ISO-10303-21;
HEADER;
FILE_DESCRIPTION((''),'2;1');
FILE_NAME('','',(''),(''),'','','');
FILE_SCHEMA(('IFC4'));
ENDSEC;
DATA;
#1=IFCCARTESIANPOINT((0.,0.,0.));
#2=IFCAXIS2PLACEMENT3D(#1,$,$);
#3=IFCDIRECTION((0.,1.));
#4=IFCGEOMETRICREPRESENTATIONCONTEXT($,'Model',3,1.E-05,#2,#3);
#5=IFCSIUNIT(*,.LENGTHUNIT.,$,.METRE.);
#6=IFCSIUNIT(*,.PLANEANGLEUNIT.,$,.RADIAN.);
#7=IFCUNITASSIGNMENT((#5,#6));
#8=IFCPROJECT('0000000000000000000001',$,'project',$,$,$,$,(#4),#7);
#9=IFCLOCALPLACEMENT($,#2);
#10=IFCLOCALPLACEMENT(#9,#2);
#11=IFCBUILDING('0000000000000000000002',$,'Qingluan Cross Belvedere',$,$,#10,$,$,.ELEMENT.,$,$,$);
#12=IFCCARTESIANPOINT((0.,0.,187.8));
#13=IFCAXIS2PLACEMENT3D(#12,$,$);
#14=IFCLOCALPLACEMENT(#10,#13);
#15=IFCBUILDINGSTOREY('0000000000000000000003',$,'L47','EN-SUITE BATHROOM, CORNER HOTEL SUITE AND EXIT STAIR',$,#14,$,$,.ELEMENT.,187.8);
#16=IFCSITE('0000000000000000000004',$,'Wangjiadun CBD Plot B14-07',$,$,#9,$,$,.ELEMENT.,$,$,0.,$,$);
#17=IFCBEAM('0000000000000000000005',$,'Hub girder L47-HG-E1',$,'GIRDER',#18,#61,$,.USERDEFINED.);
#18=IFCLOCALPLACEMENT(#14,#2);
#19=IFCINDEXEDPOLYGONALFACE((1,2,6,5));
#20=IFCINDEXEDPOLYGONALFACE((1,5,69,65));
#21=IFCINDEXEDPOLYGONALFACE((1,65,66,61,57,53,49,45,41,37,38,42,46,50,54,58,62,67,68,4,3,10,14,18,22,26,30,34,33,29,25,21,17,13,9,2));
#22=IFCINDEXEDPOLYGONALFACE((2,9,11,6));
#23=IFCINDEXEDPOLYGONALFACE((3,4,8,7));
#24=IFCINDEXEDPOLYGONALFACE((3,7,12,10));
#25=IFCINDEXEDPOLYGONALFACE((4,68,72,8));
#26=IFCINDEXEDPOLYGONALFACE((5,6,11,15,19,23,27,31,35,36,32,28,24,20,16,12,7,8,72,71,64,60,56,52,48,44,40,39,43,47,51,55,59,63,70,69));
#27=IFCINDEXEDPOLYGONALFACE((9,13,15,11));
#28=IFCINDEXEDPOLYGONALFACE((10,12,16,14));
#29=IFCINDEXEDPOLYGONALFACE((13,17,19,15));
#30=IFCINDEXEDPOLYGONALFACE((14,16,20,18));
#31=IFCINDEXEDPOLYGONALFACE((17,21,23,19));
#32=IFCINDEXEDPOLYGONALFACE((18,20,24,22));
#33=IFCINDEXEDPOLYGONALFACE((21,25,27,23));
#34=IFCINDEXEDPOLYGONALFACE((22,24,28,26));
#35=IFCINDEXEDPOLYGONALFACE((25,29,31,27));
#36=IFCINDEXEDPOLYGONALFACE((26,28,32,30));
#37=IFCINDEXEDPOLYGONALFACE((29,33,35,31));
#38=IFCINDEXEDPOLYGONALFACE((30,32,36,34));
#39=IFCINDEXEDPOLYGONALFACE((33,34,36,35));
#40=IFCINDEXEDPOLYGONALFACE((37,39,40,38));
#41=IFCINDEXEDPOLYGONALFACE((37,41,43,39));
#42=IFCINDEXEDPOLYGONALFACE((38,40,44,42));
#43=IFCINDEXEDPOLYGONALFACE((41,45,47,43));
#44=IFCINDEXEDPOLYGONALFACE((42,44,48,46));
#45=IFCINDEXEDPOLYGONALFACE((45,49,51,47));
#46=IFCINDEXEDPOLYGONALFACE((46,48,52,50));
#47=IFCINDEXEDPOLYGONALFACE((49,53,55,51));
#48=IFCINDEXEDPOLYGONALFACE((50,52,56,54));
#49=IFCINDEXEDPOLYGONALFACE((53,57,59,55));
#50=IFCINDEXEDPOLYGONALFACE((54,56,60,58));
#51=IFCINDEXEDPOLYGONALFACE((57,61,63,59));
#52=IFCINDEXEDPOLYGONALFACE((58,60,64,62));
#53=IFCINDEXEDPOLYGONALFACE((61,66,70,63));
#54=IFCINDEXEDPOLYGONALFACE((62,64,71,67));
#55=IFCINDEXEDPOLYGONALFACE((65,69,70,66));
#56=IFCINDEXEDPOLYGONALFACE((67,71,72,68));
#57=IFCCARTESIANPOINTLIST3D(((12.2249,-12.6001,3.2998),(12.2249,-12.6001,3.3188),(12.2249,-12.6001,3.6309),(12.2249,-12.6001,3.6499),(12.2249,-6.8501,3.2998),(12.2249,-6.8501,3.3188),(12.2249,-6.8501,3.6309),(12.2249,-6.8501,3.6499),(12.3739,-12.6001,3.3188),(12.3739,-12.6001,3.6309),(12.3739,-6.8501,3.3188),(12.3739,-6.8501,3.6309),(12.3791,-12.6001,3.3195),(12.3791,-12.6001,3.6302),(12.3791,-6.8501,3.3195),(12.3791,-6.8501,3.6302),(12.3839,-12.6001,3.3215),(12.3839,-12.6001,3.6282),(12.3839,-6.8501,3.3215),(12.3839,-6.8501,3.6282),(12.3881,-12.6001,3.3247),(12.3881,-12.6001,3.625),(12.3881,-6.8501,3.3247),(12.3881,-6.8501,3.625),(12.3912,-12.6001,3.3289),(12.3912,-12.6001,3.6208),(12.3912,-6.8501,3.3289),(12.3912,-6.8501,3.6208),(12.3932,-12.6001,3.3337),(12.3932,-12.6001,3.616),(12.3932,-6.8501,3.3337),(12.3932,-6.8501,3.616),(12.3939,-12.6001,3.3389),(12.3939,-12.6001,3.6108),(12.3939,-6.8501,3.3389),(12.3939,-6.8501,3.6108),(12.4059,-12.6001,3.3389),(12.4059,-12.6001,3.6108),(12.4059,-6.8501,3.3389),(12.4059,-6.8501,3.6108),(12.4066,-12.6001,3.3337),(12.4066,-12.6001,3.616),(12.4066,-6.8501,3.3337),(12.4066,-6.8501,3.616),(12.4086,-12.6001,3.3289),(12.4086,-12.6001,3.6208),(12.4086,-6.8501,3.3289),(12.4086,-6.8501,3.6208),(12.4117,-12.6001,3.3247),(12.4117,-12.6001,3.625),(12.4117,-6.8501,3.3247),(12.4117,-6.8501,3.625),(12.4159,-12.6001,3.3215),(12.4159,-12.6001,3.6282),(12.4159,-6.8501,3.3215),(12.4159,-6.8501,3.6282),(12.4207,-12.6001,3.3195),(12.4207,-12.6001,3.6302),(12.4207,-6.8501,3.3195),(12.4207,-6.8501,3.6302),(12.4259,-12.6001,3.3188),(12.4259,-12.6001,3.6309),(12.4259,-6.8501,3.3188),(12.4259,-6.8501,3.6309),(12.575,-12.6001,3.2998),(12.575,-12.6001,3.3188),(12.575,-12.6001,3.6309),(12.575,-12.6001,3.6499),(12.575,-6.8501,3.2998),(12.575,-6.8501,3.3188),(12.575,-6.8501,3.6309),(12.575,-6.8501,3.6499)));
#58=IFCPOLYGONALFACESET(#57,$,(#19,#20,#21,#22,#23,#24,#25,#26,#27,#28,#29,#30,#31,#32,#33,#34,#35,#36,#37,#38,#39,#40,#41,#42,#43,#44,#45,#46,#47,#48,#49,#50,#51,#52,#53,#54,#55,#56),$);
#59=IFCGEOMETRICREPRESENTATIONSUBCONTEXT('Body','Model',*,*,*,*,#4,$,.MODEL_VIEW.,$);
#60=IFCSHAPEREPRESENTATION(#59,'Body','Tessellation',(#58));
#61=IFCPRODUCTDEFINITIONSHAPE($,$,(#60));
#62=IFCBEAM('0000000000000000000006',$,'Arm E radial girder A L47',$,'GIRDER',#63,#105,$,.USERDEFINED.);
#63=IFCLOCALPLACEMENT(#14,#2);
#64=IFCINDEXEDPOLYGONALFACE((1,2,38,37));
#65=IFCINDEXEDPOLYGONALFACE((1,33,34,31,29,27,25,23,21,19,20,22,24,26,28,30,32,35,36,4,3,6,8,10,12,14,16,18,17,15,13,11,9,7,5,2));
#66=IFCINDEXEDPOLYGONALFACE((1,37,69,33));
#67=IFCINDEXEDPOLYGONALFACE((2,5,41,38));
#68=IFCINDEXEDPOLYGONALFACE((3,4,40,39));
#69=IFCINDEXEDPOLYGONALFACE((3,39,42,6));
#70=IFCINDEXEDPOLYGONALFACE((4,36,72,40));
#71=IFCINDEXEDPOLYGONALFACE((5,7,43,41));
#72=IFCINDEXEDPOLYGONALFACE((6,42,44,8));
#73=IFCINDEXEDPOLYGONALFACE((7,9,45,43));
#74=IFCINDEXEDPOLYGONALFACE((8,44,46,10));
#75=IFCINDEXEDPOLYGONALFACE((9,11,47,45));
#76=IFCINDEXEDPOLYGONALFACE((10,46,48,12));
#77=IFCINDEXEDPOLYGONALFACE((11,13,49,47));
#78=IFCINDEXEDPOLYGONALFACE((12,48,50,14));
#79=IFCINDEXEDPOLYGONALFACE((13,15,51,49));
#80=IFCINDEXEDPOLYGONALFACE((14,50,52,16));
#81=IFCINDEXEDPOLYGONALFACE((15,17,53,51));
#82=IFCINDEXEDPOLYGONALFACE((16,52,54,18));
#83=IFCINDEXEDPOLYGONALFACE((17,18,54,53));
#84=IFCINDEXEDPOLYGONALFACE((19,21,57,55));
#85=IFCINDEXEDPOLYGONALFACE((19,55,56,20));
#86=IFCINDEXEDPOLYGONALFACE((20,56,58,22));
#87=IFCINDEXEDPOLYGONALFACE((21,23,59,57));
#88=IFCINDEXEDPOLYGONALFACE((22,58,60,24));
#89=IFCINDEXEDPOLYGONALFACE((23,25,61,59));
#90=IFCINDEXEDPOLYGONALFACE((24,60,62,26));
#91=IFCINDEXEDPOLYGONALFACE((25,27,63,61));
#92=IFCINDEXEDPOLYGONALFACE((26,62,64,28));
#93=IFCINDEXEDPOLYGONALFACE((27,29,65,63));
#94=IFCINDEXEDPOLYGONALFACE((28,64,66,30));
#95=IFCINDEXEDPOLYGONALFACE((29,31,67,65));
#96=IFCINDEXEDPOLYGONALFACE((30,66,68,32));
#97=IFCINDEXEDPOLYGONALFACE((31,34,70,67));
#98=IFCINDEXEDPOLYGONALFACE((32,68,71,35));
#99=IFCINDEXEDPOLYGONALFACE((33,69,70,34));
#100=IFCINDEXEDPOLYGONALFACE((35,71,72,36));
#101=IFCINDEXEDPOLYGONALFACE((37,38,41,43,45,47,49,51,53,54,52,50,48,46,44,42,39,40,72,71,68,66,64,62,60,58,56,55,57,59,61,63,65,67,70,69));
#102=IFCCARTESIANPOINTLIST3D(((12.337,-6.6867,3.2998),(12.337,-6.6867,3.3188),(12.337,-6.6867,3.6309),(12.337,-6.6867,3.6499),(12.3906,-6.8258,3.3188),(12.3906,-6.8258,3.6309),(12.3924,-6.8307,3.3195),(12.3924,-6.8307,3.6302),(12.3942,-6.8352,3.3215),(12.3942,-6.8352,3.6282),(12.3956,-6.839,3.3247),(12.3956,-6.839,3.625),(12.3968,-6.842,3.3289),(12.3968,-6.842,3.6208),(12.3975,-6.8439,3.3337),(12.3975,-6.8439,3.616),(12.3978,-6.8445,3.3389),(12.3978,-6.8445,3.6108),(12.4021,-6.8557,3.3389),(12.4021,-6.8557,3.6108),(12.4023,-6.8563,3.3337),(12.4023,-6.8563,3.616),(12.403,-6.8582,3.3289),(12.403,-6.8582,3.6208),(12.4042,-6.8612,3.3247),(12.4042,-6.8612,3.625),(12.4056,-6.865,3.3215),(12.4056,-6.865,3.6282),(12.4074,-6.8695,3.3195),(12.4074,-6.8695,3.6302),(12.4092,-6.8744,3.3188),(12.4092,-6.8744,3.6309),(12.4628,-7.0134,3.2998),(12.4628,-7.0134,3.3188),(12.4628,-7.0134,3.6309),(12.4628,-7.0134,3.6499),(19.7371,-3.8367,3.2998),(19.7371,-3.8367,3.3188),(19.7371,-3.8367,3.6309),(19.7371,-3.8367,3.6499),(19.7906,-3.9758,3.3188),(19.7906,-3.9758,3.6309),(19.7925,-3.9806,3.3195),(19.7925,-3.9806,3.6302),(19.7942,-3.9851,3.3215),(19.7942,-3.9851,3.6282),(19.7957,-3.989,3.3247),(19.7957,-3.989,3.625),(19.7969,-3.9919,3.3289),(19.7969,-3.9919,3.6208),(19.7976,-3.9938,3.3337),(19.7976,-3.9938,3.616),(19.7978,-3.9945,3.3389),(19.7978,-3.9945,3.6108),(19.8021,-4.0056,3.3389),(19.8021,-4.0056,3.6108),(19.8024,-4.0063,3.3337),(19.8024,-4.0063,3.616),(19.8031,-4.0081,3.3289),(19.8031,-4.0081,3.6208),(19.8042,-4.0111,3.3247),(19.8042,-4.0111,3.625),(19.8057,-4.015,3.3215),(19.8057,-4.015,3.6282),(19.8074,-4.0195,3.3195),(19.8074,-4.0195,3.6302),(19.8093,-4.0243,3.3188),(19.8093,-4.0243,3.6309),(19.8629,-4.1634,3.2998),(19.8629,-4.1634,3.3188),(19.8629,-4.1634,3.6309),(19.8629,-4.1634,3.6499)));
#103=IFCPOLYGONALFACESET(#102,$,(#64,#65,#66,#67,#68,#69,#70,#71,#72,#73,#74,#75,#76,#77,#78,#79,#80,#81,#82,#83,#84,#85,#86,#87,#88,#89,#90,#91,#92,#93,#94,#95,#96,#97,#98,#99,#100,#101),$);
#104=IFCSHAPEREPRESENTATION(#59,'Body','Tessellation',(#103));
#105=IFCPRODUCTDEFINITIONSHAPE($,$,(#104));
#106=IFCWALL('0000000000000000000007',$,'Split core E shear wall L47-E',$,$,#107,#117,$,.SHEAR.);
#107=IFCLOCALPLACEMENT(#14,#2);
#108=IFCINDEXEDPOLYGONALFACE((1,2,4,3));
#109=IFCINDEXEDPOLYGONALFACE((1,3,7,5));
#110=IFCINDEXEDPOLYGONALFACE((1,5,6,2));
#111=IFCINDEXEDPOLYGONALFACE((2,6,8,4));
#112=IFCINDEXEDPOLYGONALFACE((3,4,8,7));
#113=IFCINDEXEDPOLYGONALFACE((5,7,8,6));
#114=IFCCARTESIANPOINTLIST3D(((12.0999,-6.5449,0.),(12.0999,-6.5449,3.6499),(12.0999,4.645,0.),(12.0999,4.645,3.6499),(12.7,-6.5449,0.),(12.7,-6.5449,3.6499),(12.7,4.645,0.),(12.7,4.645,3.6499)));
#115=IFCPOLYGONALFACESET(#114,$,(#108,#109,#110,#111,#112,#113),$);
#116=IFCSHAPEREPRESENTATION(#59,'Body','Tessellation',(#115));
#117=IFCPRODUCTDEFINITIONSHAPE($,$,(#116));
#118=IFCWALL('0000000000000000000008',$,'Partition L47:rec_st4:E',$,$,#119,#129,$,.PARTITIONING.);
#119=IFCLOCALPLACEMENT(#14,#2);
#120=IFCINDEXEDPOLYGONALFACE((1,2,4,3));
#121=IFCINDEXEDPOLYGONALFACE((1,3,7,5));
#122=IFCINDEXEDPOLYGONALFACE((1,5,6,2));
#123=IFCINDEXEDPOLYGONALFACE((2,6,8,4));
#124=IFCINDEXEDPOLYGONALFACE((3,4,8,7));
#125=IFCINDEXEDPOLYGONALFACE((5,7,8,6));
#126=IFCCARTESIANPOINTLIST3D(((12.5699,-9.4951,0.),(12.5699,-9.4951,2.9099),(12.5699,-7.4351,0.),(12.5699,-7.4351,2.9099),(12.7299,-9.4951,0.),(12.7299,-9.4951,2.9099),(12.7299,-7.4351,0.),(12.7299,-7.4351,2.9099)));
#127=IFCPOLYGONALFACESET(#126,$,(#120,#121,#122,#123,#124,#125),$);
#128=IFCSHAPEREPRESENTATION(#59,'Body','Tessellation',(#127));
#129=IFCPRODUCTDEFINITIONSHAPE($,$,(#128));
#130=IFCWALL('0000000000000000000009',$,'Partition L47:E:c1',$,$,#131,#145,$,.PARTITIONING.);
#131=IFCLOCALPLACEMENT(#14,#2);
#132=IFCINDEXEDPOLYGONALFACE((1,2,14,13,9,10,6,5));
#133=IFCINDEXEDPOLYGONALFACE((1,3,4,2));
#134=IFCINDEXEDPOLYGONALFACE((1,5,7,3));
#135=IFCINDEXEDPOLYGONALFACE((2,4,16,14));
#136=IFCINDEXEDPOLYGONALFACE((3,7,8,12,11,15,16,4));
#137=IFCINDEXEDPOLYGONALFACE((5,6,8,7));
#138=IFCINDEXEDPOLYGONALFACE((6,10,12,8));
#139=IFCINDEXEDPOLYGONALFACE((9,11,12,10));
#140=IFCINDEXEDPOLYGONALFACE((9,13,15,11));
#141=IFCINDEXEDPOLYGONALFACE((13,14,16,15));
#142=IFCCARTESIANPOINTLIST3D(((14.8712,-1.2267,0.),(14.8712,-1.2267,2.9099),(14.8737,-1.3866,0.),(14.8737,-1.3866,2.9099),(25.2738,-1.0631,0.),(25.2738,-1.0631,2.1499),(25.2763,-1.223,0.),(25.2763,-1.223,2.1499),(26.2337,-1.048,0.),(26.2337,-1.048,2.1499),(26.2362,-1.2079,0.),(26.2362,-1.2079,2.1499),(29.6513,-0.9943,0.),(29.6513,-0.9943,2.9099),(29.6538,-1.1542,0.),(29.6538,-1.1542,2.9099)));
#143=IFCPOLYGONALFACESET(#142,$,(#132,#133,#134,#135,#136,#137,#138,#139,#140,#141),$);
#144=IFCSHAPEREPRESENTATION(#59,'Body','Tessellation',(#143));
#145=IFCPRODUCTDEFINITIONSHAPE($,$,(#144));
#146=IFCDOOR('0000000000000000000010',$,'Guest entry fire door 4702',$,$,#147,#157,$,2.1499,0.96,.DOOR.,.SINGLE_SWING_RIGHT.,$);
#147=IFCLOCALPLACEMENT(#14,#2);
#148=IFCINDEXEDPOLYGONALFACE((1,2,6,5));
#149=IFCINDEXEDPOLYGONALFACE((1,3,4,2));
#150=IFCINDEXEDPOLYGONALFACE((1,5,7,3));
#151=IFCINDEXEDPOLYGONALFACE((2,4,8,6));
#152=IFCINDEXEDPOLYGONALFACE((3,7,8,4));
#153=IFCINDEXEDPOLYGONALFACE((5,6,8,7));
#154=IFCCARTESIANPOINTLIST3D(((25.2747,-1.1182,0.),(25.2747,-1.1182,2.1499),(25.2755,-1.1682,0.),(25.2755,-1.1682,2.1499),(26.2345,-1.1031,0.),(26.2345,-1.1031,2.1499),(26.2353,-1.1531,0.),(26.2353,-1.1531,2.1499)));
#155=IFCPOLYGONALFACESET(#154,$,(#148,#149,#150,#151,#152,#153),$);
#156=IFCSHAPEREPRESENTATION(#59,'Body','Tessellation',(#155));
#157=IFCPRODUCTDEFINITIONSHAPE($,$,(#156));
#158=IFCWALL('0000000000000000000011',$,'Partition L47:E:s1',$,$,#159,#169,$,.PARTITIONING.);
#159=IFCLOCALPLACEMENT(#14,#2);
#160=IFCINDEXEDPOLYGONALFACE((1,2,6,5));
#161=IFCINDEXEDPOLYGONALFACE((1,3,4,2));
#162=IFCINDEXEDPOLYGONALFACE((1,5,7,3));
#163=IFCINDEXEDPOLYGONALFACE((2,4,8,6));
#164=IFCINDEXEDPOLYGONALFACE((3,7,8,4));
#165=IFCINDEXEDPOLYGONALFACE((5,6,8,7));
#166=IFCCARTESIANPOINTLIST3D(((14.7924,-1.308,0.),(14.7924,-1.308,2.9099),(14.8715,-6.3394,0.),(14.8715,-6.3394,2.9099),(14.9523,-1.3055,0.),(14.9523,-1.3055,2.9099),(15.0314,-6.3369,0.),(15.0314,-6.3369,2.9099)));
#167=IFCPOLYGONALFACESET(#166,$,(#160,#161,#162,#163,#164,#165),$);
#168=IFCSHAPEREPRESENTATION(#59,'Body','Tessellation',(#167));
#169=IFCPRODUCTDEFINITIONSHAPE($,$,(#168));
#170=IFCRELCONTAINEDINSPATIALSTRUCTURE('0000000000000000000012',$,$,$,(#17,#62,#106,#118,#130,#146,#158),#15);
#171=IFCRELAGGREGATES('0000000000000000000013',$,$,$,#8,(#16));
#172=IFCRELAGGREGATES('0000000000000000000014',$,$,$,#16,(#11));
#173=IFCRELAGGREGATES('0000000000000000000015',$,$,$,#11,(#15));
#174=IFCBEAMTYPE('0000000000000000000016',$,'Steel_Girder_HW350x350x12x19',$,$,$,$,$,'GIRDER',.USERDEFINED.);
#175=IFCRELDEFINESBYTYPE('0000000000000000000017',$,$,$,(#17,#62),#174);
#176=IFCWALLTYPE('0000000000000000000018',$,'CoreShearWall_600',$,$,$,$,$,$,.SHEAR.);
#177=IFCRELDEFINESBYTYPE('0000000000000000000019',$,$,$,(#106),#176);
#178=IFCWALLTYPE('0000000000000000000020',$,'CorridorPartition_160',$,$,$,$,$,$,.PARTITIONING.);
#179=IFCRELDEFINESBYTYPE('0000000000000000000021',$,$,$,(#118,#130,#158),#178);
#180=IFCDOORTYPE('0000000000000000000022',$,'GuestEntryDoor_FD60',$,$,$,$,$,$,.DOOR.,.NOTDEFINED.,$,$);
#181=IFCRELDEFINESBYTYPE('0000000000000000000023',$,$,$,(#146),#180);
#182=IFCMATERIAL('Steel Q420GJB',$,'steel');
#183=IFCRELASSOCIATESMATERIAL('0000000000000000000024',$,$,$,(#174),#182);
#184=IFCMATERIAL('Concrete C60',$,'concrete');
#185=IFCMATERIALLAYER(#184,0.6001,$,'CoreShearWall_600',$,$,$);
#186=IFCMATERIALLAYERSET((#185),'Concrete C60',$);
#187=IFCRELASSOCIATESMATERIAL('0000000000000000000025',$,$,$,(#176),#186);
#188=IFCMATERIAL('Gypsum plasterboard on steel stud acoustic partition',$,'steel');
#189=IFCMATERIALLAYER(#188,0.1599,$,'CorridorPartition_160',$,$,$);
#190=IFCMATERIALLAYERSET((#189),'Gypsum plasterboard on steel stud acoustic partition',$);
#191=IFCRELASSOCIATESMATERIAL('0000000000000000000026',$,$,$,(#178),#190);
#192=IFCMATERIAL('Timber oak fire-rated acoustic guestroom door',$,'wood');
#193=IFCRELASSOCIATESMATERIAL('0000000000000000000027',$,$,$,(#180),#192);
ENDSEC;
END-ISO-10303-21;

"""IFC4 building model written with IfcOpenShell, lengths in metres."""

from ifc_helpers import new_model, si_unit, direction, frame, frame_2d, origin, origin_2d, place, context, subcontext, project, spatial, rectangle, i_section, extrude, material, layer, layer_set, material_profile, profile_set, type_object, element, fill, save


model = new_model("IFC4")

# Units and contexts
model_context = context("Model", 3, precision=1e-05, world=origin(), true_north=direction((0.0, 1.0)))
body_context = subcontext(model_context, "Body", "Model", "MODEL_VIEW")
ifc_project = project(units=[si_unit("LENGTHUNIT", "METRE"), si_unit("PLANEANGLEUNIT", "RADIAN")], contexts=[model_context])

# Site, building, storey
site_placement = place(None, origin())
site = spatial("IfcSite", under=ifc_project, at=site_placement, Name="Wangjiadun CBD Plot B14-07", CompositionType="ELEMENT", RefElevation=0.0)
building_placement = place(site_placement, origin())
building = spatial("IfcBuilding", under=site, at=building_placement, Name="Qingluan Cross Belvedere", CompositionType="ELEMENT")
storey_placement = place(building_placement, frame((0.0, 0.0, 187.8)))
storey = spatial("IfcBuildingStorey", under=building, at=storey_placement, Name="L47", Description="EN-SUITE BATHROOM, CORNER HOTEL SUITE AND EXIT STAIR", CompositionType="ELEMENT", Elevation=187.8)

# Beams
ifc_material_1 = material(Name="Steel Q420GJB", Category="steel")
ifc_material_profile_1 = material_profile(ifc_material_1, i_section(OverallWidth=0.3501, OverallDepth=0.3501, WebThickness=0.012, FlangeThickness=0.019, FilletRadius=0.02, at=origin_2d()), Name="HW350x350x12x19")
ifc_profile_set_1 = profile_set([ifc_material_profile_1], Name="Steel Q420GJB")
beam_type_1 = type_object("IfcBeamType", Name="Steel_Girder_HW350x350x12x19", ElementType="GIRDER", PredefinedType="USERDEFINED", material=ifc_profile_set_1)
beam_1_placement = place(storey_placement, frame((12.3999, -12.6001, 3.4749), z_axis=(0.0, 1.0, 0.0), x_axis=(-1.0, 0.0, 0.0)))
element("IfcBeam", 1, at=beam_1_placement, inside=storey, type_object=beam_type_1, Name="Hub girder L47-HG-E1", ObjectType="GIRDER", PredefinedType="USERDEFINED", context=body_context, shape_type="SweptSolid", body=[
    extrude(i_section(OverallWidth=0.3501, OverallDepth=0.3501, WebThickness=0.012, FlangeThickness=0.019, FilletRadius=0.02, at=origin_2d()), origin(), (0.0, 0.0, 1.0), 5.75),
])
beam_2_placement = place(storey_placement, frame((12.3999, -6.8501, 3.4749), z_axis=(0.933181, 0.359406, 0.0), x_axis=(-0.359406, 0.933181, 0.0)))
element("IfcBeam", 2, at=beam_2_placement, inside=storey, type_object=beam_type_1, Name="Arm E radial girder A L47", ObjectType="GIRDER", PredefinedType="USERDEFINED", context=body_context, shape_type="SweptSolid", body=[
    extrude(i_section(OverallWidth=0.3501, OverallDepth=0.3501, WebThickness=0.012, FlangeThickness=0.019, FilletRadius=0.02, at=origin_2d()), origin(), (0.0, 0.0, 1.0), 7.9299),
])

# Walls
ifc_material_2 = material(Name="Concrete C60", Category="concrete")
ifc_layer_1 = layer(ifc_material_2, 0.6001, Name="CoreShearWall_600")
ifc_layer_set_1 = layer_set([ifc_layer_1], Name="Concrete C60")
wall_type_1 = type_object("IfcWallType", Name="CoreShearWall_600", PredefinedType="SHEAR", material=ifc_layer_set_1)
wall_1_placement = place(storey_placement, frame((12.3999, -6.5449, 0.0), z_axis=(0.0, 0.0, 1.0), x_axis=(0.0, 1.0, 0.0)))
element("IfcWall", 3, at=wall_1_placement, inside=storey, type_object=wall_type_1, Name="Split core E shear wall L47-E", PredefinedType="SHEAR", context=body_context, shape_type="SweptSolid", body=[
    extrude(rectangle(XDim=11.1899, YDim=0.6001, at=frame_2d((5.595, 0.0))), origin(), (0.0, 0.0, 1.0), 3.6499),
])
ifc_material_3 = material(Name="Gypsum plasterboard on steel stud acoustic partition", Category="steel")
ifc_layer_2 = layer(ifc_material_3, 0.1599, Name="CorridorPartition_160")
ifc_layer_set_2 = layer_set([ifc_layer_2], Name="Gypsum plasterboard on steel stud acoustic partition")
wall_type_2 = type_object("IfcWallType", Name="CorridorPartition_160", PredefinedType="PARTITIONING", material=ifc_layer_set_2)
wall_2_placement = place(storey_placement, frame((12.6499, -9.4951, 0.0), z_axis=(0.0, 0.0, 1.0), x_axis=(0.0, 1.0, 0.0)))
element("IfcWall", 4, at=wall_2_placement, inside=storey, type_object=wall_type_2, Name="Partition L47:rec_st4:E", PredefinedType="PARTITIONING", context=body_context, shape_type="SweptSolid", body=[
    extrude(rectangle(XDim=2.0601, YDim=0.1599, at=frame_2d((1.03, 0.0))), origin(), (0.0, 0.0, 1.0), 2.9099),
])

# Wall, opening, door
wall_3_placement = place(storey_placement, frame((14.8723, -1.3066, 0.0), z_axis=(0.0, 0.0, 1.0), x_axis=(0.999876, 0.015723, 0.0)))
wall_3 = element("IfcWall", 5, at=wall_3_placement, inside=storey, type_object=wall_type_2, Name="Partition L47:E:c1", PredefinedType="PARTITIONING", context=body_context, shape_type="SweptSolid", body=[
    extrude(rectangle(XDim=14.782, YDim=0.1599, at=frame_2d((7.3911, 0.0))), origin(), (0.0, 0.0, 1.0), 2.9099),
])
opening_1_placement = place(wall_3_placement, frame((10.4041, 0.0, 0.0)))
opening_1 = element("IfcOpeningElement", 6, at=opening_1_placement, cuts=wall_3, PredefinedType="OPENING", context=body_context, shape_type="SweptSolid", body=[
    extrude(rectangle(XDim=0.96, YDim=2.1499, at=frame_2d((0.48, 1.075))), frame((0.0, 0.0898, 0.0), z_axis=(0.0, -1.0, 0.0), x_axis=(1.0, 0.0, 0.0)), (0.0, 0.0, 1.0), 0.1799),
])
ifc_material_4 = material(Name="Timber oak fire-rated acoustic guestroom door", Category="wood")
door_type_1 = type_object("IfcDoorType", Name="GuestEntryDoor_FD60", OperationType="NOTDEFINED", PredefinedType="DOOR", material=ifc_material_4)
door_1_placement = place(opening_1_placement, origin())
door_1 = element("IfcDoor", 7, at=door_1_placement, inside=storey, type_object=door_type_1, Name="Guest entry fire door 4702", OperationType="SINGLE_SWING_RIGHT", OverallHeight=2.1499, OverallWidth=0.96, PredefinedType="DOOR", context=body_context, shape_type="SweptSolid", body=[
    extrude(rectangle(XDim=0.96, YDim=2.1499, at=frame_2d((0.48, 1.075))), frame((0.0, 0.0249, 0.0), z_axis=(0.0, -1.0, 0.0), x_axis=(1.0, 0.0, 0.0)), (0.0, 0.0, 1.0), 0.05),
])
fill(opening_1, door_1)

# Wall
wall_4_placement = place(storey_placement, frame((14.8723, -1.3066, 0.0), z_axis=(0.0, 0.0, 1.0), x_axis=(0.01572, -0.999876, 0.0)))
element("IfcWall", 8, at=wall_4_placement, inside=storey, type_object=wall_type_2, Name="Partition L47:E:s1", PredefinedType="PARTITIONING", context=body_context, shape_type="SweptSolid", body=[
    extrude(rectangle(XDim=5.032, YDim=0.1599, at=frame_2d((2.5161, 0.0))), origin(), (0.0, 0.0, 1.0), 2.9099),
])

save(model, "model.ifc")
